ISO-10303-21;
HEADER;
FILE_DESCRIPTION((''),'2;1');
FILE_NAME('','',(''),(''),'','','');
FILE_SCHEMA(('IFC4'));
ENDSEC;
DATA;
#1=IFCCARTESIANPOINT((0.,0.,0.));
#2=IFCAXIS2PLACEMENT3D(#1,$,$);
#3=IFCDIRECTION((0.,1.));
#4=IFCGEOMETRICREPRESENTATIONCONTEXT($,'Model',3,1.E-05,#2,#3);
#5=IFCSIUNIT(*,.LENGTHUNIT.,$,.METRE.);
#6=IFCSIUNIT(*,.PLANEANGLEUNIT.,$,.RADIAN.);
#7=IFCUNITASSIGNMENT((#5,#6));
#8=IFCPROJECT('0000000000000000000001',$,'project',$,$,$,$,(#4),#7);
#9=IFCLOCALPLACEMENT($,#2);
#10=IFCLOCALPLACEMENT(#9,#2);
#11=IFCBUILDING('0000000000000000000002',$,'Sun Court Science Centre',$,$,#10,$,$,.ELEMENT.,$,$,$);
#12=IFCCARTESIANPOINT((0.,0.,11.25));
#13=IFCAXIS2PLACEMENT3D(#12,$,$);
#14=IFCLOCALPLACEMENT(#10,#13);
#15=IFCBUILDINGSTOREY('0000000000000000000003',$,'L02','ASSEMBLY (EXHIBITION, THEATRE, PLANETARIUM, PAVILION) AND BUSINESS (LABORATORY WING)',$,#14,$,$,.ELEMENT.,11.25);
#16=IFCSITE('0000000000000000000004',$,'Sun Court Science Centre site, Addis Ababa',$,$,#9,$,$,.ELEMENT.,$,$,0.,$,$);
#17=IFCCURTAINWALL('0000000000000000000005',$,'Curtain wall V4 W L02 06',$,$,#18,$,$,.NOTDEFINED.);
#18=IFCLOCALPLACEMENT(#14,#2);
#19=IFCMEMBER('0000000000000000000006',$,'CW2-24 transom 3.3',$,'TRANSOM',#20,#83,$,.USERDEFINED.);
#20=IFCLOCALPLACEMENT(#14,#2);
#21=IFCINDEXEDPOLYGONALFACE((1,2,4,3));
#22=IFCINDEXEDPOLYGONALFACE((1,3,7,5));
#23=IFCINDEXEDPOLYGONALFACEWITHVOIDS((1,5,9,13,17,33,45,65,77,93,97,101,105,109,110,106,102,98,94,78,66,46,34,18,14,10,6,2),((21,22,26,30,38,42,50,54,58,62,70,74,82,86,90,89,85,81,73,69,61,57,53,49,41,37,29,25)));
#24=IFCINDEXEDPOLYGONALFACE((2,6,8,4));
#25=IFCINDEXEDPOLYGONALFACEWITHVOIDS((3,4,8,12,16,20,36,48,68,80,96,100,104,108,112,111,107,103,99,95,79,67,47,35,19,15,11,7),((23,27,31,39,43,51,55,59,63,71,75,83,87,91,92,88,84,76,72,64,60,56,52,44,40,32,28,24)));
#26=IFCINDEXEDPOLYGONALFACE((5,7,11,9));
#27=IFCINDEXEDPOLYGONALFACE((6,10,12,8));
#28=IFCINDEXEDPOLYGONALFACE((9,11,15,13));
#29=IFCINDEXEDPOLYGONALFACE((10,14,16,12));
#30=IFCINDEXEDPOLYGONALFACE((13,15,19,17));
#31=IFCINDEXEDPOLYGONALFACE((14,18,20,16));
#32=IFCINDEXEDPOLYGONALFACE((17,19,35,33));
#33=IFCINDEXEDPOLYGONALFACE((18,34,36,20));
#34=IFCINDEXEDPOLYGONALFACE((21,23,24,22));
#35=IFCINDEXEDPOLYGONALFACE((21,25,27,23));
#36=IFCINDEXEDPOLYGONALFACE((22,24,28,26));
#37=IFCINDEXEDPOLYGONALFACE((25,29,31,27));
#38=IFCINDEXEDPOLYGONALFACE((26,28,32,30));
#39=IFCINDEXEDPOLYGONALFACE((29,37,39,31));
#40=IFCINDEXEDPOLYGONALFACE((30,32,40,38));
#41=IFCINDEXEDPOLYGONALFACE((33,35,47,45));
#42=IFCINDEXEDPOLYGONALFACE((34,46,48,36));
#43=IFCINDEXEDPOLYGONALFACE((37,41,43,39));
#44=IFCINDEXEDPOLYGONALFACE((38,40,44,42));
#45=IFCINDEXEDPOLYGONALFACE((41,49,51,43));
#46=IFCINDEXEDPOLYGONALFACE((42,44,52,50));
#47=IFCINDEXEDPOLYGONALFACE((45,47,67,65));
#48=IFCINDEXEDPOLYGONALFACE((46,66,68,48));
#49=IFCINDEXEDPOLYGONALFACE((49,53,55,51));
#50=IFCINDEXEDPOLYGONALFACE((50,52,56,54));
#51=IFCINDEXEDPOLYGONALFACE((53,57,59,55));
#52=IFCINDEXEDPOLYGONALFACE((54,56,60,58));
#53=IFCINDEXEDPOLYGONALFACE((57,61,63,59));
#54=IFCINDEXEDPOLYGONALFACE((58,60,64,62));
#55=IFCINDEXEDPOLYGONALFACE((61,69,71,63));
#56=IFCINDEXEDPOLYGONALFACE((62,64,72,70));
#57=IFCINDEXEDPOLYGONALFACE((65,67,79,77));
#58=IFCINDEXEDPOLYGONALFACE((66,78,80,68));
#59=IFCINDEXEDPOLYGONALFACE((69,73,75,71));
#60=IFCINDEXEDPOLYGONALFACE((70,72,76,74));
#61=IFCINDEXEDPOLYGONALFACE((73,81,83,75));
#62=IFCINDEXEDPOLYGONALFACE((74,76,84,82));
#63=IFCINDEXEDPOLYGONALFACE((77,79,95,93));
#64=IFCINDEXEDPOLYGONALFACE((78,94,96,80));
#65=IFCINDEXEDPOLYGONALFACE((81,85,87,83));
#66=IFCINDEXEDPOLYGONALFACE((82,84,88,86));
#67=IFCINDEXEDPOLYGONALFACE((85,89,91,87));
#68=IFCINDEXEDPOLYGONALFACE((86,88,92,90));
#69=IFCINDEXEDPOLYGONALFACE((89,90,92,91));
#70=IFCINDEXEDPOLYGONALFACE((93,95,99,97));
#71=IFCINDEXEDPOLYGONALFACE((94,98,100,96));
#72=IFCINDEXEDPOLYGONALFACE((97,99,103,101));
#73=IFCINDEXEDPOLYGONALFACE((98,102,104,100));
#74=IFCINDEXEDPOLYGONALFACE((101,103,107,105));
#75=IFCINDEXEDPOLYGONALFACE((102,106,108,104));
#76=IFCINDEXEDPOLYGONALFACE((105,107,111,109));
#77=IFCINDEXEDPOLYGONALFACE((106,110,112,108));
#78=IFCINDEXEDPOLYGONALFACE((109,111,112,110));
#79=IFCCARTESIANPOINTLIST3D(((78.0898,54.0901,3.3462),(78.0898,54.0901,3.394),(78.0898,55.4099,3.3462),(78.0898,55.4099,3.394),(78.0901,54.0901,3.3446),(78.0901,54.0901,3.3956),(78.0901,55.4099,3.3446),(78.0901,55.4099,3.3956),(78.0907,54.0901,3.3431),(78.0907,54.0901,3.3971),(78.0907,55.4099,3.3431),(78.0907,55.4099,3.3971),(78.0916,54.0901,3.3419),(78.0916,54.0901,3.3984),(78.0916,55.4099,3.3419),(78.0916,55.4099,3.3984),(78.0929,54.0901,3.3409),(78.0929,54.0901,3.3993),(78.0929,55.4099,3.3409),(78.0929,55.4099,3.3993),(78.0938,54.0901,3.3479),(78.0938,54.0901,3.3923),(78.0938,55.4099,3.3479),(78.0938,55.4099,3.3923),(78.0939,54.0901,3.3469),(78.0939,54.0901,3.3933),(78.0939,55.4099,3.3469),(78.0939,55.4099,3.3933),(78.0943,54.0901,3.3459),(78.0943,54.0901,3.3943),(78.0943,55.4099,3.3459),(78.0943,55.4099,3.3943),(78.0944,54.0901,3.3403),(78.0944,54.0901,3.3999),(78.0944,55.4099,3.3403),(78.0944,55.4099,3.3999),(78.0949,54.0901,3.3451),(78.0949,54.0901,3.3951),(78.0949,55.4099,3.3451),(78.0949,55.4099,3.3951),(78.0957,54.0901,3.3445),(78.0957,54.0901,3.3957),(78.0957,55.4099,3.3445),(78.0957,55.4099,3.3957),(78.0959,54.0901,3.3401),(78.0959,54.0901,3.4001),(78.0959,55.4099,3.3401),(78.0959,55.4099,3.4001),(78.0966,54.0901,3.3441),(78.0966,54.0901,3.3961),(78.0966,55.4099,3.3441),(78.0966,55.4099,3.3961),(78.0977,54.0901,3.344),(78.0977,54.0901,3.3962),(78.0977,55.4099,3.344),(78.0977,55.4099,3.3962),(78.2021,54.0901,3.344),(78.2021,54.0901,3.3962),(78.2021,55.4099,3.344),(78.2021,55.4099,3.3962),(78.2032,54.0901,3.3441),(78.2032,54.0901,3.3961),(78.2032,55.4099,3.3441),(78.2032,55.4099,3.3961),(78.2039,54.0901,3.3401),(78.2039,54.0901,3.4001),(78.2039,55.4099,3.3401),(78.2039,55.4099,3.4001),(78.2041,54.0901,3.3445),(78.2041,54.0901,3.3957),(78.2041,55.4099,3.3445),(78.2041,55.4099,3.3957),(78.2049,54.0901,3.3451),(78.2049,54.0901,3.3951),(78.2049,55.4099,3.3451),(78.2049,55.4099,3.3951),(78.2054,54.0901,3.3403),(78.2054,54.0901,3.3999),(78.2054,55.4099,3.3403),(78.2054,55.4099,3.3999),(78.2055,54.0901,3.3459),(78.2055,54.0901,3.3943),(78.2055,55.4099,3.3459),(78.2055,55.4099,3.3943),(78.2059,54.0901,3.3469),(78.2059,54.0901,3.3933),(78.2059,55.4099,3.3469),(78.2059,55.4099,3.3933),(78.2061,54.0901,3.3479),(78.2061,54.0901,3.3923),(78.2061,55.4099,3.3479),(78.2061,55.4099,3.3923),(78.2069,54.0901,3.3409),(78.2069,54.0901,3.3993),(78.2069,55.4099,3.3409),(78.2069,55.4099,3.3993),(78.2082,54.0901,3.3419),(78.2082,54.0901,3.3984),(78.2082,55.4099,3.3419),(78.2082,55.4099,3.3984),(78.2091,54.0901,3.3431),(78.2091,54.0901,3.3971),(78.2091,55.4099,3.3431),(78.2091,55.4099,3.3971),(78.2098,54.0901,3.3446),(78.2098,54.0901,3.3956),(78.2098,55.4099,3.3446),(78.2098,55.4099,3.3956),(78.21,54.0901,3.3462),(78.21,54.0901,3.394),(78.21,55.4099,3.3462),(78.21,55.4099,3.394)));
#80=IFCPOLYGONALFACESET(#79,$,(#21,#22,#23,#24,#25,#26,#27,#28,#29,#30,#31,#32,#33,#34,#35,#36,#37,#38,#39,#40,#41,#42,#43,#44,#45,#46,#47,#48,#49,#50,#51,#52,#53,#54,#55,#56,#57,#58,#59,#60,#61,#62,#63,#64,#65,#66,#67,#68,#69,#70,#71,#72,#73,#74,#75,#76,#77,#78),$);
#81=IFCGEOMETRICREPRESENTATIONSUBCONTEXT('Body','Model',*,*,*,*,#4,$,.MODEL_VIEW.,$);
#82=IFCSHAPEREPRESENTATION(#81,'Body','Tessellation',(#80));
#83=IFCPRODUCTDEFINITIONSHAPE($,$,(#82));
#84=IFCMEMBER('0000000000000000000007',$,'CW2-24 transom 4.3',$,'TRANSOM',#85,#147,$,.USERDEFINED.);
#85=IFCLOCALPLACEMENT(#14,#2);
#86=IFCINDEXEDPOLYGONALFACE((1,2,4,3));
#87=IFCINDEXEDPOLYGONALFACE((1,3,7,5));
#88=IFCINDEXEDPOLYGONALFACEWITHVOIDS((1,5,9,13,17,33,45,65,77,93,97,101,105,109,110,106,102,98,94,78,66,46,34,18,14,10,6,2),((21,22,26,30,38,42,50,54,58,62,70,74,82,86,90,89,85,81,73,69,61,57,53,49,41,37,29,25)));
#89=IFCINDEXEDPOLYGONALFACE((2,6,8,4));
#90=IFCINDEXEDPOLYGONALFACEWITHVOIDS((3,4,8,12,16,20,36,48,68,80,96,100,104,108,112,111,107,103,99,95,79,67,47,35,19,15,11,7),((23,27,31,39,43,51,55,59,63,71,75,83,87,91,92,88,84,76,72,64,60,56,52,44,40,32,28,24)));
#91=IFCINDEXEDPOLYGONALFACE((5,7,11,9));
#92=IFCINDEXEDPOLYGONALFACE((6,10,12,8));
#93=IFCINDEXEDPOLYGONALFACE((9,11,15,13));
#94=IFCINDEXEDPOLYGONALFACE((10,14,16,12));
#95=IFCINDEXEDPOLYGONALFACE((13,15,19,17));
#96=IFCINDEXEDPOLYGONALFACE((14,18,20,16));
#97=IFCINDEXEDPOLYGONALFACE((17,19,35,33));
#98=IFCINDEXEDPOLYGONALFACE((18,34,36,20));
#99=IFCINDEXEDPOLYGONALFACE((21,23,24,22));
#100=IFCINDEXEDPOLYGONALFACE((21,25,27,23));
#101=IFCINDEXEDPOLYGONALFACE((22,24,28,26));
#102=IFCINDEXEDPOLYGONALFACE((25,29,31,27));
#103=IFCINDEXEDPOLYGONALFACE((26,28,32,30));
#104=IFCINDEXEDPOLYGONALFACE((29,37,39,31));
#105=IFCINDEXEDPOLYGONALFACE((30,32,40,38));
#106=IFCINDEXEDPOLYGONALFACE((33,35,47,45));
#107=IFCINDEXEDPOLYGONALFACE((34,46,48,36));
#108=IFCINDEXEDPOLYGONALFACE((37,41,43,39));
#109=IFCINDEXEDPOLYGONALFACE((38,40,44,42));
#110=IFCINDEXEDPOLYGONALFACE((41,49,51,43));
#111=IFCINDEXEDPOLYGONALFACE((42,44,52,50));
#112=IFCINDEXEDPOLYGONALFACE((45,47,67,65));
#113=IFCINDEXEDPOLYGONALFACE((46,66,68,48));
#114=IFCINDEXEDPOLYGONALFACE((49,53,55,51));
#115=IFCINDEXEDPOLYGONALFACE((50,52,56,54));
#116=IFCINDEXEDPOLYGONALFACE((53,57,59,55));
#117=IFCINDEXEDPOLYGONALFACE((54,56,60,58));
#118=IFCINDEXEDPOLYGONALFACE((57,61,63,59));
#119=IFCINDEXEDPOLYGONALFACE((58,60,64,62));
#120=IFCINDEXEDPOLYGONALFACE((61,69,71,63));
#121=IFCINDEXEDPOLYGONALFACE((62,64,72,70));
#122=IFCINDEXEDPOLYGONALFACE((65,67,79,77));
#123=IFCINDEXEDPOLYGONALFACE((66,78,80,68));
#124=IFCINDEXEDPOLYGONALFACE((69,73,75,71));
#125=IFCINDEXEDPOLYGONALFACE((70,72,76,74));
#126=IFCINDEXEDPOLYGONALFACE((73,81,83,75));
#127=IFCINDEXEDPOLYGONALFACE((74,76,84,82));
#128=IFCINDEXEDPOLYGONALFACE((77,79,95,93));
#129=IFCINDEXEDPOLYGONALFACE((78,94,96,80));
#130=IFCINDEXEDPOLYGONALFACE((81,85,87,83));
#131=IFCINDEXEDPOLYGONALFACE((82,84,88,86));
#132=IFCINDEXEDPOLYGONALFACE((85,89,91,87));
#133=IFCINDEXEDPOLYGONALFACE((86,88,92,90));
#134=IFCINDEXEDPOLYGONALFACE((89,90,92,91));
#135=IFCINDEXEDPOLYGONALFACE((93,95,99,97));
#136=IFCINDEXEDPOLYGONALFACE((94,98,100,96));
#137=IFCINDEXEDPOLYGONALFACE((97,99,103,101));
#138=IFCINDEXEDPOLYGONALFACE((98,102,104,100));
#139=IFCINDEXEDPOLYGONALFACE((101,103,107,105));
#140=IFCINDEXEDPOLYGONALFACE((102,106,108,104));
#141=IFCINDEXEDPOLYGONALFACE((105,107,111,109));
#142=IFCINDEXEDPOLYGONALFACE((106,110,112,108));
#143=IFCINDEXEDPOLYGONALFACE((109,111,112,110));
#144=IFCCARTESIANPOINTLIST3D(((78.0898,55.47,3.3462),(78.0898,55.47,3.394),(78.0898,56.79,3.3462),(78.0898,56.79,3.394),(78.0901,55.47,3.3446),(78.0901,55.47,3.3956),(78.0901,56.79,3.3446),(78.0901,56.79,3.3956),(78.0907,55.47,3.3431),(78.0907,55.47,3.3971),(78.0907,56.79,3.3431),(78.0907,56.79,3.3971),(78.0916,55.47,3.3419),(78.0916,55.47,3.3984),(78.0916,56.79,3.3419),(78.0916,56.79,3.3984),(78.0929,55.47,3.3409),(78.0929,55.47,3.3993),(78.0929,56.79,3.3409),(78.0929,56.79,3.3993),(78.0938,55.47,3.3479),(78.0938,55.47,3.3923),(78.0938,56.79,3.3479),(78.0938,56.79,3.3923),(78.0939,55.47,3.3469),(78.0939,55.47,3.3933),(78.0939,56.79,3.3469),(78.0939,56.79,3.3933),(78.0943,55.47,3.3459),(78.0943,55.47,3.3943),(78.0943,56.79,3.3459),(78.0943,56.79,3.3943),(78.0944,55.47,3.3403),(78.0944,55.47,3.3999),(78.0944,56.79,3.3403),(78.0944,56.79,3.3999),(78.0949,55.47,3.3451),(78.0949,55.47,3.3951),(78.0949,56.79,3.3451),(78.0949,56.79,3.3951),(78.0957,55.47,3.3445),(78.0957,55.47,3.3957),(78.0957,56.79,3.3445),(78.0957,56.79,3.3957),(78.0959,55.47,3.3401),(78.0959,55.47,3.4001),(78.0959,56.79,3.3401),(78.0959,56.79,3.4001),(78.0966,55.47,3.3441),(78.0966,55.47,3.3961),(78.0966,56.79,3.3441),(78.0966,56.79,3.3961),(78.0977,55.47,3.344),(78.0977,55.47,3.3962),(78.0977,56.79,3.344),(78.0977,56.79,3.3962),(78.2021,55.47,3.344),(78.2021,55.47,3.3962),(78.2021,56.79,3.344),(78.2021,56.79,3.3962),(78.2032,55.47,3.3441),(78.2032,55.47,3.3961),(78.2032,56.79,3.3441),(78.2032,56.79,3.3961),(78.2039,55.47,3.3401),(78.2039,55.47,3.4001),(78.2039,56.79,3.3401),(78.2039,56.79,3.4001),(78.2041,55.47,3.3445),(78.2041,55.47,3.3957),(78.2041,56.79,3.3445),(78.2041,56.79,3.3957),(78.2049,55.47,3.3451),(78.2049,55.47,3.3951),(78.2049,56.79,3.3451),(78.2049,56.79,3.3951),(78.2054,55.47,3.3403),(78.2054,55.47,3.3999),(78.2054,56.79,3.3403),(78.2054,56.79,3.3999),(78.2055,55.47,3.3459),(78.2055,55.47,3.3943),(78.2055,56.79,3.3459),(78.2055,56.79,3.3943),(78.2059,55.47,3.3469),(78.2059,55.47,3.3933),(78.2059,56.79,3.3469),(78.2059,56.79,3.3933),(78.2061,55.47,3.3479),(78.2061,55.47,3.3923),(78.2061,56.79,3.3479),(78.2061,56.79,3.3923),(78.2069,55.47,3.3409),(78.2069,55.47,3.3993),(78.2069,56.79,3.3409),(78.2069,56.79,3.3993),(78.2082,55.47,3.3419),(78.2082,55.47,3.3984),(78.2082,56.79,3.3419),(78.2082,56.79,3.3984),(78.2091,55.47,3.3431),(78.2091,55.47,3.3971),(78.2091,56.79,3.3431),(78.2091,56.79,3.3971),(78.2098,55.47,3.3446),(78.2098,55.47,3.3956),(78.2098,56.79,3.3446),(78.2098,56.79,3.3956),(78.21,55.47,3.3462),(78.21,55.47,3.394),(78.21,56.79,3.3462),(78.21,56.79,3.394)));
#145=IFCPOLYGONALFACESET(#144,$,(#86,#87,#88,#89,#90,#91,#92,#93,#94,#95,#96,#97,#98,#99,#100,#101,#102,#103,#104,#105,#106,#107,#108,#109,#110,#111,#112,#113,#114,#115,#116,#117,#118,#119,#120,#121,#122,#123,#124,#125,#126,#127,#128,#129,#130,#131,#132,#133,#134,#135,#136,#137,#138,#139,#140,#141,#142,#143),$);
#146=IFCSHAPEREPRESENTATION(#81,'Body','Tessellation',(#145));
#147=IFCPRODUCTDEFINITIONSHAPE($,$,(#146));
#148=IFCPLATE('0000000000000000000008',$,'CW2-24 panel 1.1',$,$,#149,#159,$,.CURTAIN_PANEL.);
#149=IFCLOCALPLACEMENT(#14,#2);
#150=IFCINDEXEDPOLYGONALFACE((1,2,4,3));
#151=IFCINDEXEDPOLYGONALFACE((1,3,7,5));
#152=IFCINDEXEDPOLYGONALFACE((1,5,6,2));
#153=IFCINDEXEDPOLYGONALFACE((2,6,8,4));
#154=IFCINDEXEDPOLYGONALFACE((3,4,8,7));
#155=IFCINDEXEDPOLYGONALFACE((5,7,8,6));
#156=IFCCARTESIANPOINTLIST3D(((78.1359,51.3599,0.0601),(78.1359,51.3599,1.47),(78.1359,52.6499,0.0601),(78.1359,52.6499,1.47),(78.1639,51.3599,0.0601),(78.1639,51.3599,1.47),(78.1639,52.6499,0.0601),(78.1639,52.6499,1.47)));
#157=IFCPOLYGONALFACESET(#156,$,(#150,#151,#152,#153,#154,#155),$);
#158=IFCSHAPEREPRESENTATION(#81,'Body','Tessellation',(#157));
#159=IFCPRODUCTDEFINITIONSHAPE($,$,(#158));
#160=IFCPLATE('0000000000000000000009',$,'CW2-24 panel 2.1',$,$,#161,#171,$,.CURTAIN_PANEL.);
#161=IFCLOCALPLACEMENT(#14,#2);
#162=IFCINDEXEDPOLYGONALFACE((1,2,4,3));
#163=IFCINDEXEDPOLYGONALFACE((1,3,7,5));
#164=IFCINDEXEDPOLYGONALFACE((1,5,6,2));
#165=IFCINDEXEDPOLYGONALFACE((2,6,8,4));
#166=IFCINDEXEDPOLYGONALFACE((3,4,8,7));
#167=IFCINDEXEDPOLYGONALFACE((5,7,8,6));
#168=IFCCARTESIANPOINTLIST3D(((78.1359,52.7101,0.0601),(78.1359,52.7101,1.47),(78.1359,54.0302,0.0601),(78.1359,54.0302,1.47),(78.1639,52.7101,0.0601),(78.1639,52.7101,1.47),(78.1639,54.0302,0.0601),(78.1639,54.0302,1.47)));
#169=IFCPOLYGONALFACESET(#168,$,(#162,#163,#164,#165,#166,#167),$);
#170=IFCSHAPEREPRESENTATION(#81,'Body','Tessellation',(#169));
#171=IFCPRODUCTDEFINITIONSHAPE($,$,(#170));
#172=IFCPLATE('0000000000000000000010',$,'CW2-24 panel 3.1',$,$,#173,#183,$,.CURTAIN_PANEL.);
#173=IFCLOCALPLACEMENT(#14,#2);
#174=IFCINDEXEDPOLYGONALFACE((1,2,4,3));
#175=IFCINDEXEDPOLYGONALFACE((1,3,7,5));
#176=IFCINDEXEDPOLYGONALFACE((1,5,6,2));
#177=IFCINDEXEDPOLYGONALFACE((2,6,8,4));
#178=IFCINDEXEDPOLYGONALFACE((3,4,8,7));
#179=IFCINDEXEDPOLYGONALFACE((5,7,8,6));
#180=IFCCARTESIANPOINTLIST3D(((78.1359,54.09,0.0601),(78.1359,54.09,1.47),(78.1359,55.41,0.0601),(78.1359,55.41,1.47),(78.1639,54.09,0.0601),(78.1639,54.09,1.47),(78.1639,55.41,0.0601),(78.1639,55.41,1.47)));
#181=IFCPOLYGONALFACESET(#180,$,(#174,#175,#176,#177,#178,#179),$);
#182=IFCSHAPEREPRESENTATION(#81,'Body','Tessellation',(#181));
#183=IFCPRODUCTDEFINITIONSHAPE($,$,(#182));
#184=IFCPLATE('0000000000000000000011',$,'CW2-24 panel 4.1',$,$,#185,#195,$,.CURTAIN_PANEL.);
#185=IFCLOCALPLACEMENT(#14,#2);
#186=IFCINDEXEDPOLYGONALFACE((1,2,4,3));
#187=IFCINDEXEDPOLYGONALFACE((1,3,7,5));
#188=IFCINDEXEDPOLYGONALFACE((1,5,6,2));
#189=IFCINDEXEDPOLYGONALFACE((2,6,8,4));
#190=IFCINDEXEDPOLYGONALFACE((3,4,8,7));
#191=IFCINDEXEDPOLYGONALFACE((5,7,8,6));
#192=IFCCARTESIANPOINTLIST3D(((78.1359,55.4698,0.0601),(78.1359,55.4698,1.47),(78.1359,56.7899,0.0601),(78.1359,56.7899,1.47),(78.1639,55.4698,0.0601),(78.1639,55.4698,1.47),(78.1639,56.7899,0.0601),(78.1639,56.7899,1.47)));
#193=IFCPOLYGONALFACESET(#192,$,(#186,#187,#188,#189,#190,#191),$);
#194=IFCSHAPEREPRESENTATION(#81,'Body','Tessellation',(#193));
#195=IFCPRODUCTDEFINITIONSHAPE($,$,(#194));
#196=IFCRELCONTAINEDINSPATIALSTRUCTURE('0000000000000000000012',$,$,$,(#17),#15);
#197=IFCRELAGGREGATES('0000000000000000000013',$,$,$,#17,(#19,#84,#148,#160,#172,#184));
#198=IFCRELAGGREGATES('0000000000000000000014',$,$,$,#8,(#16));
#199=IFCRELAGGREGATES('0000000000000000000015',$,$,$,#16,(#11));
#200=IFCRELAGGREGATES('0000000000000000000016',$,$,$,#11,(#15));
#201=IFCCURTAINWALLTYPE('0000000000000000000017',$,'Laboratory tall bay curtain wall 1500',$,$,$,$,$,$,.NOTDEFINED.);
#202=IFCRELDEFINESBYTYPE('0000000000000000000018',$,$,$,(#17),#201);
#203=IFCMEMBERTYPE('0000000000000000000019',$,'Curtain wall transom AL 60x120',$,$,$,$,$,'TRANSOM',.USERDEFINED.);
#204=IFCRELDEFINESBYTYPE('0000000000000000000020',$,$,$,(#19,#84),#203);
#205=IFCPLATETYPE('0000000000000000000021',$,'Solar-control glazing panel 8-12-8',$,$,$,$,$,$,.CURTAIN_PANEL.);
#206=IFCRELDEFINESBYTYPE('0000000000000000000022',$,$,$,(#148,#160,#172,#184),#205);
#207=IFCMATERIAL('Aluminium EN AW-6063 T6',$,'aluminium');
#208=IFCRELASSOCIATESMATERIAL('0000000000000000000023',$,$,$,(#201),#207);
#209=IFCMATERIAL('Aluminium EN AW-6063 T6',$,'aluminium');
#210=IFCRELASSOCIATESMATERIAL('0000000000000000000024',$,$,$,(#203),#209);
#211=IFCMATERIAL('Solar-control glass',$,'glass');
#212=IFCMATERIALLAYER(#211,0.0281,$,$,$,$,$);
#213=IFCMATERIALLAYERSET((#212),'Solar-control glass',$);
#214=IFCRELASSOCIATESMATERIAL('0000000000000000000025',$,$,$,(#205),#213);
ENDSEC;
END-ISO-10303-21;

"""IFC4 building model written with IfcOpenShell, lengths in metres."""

from ifc_helpers import new_model, si_unit, direction, frame, origin, origin_2d, place, context, subcontext, project, spatial, rectangle, hollow_rectangle, extrude, material, layer, layer_set, material_profile, profile_set, type_object, element, aggregate, save


model = new_model("IFC4")

# Units and contexts
model_context = context("Model", 3, precision=1e-05, world=origin(), true_north=direction((0.0, 1.0)))
body_context = subcontext(model_context, "Body", "Model", "MODEL_VIEW")
ifc_project = project(units=[si_unit("LENGTHUNIT", "METRE"), si_unit("PLANEANGLEUNIT", "RADIAN")], contexts=[model_context])

# Site, building, storey
site_placement = place(None, origin())
site = spatial("IfcSite", under=ifc_project, at=site_placement, Name="Sun Court Science Centre site, Addis Ababa", CompositionType="ELEMENT", RefElevation=0.0)
building_placement = place(site_placement, origin())
building = spatial("IfcBuilding", under=site, at=building_placement, Name="Sun Court Science Centre", CompositionType="ELEMENT")
storey_placement = place(building_placement, frame((0.0, 0.0, 11.25)))
storey = spatial("IfcBuildingStorey", under=building, at=storey_placement, Name="L02", Description="ASSEMBLY (EXHIBITION, THEATRE, PLANETARIUM, PAVILION) AND BUSINESS (LABORATORY WING)", CompositionType="ELEMENT", Elevation=11.25)

# Shared definitions
ifc_material_1 = material(Name="Aluminium EN AW-6063 T6", Category="aluminium")
curtain_wall_type = type_object("IfcCurtainWallType", Name="Laboratory tall bay curtain wall 1500", PredefinedType="NOTDEFINED", material=ifc_material_1)

# Curtain wall, members, plates
curtain_wall_1_placement = place(storey_placement, origin())
curtain_wall_1 = element("IfcCurtainWall", 1, at=curtain_wall_1_placement, inside=storey, type_object=curtain_wall_type, Name="Curtain wall V4 W L02 06", PredefinedType="NOTDEFINED")
ifc_material_2 = material(Name="Aluminium EN AW-6063 T6", Category="aluminium")
ifc_material_profile_1 = material_profile(ifc_material_2, hollow_rectangle(XDim=0.0601, YDim=0.1201, WallThickness=0.0039, InnerFilletRadius=0.0039, OuterFilletRadius=0.0061, at=origin_2d()), Name="AL 60x120x4")
ifc_profile_set_1 = profile_set([ifc_material_profile_1], Name="Aluminium EN AW-6063 T6")
member_type_1 = type_object("IfcMemberType", Name="Curtain wall transom AL 60x120", ElementType="TRANSOM", PredefinedType="USERDEFINED", material=ifc_profile_set_1)
member_1_placement = place(storey_placement, frame((78.1499, 54.0901, 3.3701), z_axis=(0.0, 1.0, 0.0), x_axis=(0.0, 0.0, 1.0)))
member_1 = element("IfcMember", 2, at=member_1_placement, type_object=member_type_1, Name="CW2-24 transom 3.3", ObjectType="TRANSOM", PredefinedType="USERDEFINED", context=body_context, shape_type="SweptSolid", body=[
    extrude(hollow_rectangle(XDim=0.0601, YDim=0.1201, WallThickness=0.0039, InnerFilletRadius=0.0039, OuterFilletRadius=0.0061, at=origin_2d()), origin(), (0.0, 0.0, 1.0), 1.3198),
])
member_2_placement = place(storey_placement, frame((78.1499, 55.47, 3.3701), z_axis=(0.0, 1.0, 0.0), x_axis=(0.0, 0.0, 1.0)))
member_2 = element("IfcMember", 3, at=member_2_placement, type_object=member_type_1, Name="CW2-24 transom 4.3", ObjectType="TRANSOM", PredefinedType="USERDEFINED", context=body_context, shape_type="SweptSolid", body=[
    extrude(hollow_rectangle(XDim=0.0601, YDim=0.1201, WallThickness=0.0039, InnerFilletRadius=0.0039, OuterFilletRadius=0.0061, at=origin_2d()), origin(), (0.0, 0.0, 1.0), 1.3201),
])
ifc_material_3 = material(Name="Solar-control glass", Category="glass")
ifc_layer = layer(ifc_material_3, 0.0281)
ifc_layer_set = layer_set([ifc_layer], Name="Solar-control glass")
plate_type = type_object("IfcPlateType", Name="Solar-control glazing panel 8-12-8", PredefinedType="CURTAIN_PANEL", material=ifc_layer_set)
plate_1_placement = place(storey_placement, frame((78.1499, 52.0049, 0.0601), z_axis=(0.0, 0.0, 1.0), x_axis=(0.0, 1.0, 0.0)))
plate_1 = element("IfcPlate", 4, at=plate_1_placement, type_object=plate_type, Name="CW2-24 panel 1.1", PredefinedType="CURTAIN_PANEL", context=body_context, shape_type="SweptSolid", body=[
    extrude(rectangle(XDim=1.29, YDim=0.0281, at=origin_2d()), origin(), (0.0, 0.0, 1.0), 1.4099),
])
plate_2_placement = place(storey_placement, frame((78.1499, 53.3701, 0.0601), z_axis=(0.0, 0.0, 1.0), x_axis=(0.0, 1.0, 0.0)))
plate_2 = element("IfcPlate", 5, at=plate_2_placement, type_object=plate_type, Name="CW2-24 panel 2.1", PredefinedType="CURTAIN_PANEL", context=body_context, shape_type="SweptSolid", body=[
    extrude(rectangle(XDim=1.3201, YDim=0.0281, at=origin_2d()), origin(), (0.0, 0.0, 1.0), 1.4099),
])
plate_3_placement = place(storey_placement, frame((78.1499, 54.75, 0.0601), z_axis=(0.0, 0.0, 1.0), x_axis=(0.0, 1.0, 0.0)))
plate_3 = element("IfcPlate", 6, at=plate_3_placement, type_object=plate_type, Name="CW2-24 panel 3.1", PredefinedType="CURTAIN_PANEL", context=body_context, shape_type="SweptSolid", body=[
    extrude(rectangle(XDim=1.3201, YDim=0.0281, at=origin_2d()), origin(), (0.0, 0.0, 1.0), 1.4099),
])
plate_4_placement = place(storey_placement, frame((78.1499, 56.1299, 0.0601), z_axis=(0.0, 0.0, 1.0), x_axis=(0.0, 1.0, 0.0)))
plate_4 = element("IfcPlate", 7, at=plate_4_placement, type_object=plate_type, Name="CW2-24 panel 4.1", PredefinedType="CURTAIN_PANEL", context=body_context, shape_type="SweptSolid", body=[
    extrude(rectangle(XDim=1.3201, YDim=0.0281, at=origin_2d()), origin(), (0.0, 0.0, 1.0), 1.4099),
])
aggregate(curtain_wall_1, [member_1, member_2, plate_1, plate_2, plate_3, plate_4])

save(model, "model.ifc")
